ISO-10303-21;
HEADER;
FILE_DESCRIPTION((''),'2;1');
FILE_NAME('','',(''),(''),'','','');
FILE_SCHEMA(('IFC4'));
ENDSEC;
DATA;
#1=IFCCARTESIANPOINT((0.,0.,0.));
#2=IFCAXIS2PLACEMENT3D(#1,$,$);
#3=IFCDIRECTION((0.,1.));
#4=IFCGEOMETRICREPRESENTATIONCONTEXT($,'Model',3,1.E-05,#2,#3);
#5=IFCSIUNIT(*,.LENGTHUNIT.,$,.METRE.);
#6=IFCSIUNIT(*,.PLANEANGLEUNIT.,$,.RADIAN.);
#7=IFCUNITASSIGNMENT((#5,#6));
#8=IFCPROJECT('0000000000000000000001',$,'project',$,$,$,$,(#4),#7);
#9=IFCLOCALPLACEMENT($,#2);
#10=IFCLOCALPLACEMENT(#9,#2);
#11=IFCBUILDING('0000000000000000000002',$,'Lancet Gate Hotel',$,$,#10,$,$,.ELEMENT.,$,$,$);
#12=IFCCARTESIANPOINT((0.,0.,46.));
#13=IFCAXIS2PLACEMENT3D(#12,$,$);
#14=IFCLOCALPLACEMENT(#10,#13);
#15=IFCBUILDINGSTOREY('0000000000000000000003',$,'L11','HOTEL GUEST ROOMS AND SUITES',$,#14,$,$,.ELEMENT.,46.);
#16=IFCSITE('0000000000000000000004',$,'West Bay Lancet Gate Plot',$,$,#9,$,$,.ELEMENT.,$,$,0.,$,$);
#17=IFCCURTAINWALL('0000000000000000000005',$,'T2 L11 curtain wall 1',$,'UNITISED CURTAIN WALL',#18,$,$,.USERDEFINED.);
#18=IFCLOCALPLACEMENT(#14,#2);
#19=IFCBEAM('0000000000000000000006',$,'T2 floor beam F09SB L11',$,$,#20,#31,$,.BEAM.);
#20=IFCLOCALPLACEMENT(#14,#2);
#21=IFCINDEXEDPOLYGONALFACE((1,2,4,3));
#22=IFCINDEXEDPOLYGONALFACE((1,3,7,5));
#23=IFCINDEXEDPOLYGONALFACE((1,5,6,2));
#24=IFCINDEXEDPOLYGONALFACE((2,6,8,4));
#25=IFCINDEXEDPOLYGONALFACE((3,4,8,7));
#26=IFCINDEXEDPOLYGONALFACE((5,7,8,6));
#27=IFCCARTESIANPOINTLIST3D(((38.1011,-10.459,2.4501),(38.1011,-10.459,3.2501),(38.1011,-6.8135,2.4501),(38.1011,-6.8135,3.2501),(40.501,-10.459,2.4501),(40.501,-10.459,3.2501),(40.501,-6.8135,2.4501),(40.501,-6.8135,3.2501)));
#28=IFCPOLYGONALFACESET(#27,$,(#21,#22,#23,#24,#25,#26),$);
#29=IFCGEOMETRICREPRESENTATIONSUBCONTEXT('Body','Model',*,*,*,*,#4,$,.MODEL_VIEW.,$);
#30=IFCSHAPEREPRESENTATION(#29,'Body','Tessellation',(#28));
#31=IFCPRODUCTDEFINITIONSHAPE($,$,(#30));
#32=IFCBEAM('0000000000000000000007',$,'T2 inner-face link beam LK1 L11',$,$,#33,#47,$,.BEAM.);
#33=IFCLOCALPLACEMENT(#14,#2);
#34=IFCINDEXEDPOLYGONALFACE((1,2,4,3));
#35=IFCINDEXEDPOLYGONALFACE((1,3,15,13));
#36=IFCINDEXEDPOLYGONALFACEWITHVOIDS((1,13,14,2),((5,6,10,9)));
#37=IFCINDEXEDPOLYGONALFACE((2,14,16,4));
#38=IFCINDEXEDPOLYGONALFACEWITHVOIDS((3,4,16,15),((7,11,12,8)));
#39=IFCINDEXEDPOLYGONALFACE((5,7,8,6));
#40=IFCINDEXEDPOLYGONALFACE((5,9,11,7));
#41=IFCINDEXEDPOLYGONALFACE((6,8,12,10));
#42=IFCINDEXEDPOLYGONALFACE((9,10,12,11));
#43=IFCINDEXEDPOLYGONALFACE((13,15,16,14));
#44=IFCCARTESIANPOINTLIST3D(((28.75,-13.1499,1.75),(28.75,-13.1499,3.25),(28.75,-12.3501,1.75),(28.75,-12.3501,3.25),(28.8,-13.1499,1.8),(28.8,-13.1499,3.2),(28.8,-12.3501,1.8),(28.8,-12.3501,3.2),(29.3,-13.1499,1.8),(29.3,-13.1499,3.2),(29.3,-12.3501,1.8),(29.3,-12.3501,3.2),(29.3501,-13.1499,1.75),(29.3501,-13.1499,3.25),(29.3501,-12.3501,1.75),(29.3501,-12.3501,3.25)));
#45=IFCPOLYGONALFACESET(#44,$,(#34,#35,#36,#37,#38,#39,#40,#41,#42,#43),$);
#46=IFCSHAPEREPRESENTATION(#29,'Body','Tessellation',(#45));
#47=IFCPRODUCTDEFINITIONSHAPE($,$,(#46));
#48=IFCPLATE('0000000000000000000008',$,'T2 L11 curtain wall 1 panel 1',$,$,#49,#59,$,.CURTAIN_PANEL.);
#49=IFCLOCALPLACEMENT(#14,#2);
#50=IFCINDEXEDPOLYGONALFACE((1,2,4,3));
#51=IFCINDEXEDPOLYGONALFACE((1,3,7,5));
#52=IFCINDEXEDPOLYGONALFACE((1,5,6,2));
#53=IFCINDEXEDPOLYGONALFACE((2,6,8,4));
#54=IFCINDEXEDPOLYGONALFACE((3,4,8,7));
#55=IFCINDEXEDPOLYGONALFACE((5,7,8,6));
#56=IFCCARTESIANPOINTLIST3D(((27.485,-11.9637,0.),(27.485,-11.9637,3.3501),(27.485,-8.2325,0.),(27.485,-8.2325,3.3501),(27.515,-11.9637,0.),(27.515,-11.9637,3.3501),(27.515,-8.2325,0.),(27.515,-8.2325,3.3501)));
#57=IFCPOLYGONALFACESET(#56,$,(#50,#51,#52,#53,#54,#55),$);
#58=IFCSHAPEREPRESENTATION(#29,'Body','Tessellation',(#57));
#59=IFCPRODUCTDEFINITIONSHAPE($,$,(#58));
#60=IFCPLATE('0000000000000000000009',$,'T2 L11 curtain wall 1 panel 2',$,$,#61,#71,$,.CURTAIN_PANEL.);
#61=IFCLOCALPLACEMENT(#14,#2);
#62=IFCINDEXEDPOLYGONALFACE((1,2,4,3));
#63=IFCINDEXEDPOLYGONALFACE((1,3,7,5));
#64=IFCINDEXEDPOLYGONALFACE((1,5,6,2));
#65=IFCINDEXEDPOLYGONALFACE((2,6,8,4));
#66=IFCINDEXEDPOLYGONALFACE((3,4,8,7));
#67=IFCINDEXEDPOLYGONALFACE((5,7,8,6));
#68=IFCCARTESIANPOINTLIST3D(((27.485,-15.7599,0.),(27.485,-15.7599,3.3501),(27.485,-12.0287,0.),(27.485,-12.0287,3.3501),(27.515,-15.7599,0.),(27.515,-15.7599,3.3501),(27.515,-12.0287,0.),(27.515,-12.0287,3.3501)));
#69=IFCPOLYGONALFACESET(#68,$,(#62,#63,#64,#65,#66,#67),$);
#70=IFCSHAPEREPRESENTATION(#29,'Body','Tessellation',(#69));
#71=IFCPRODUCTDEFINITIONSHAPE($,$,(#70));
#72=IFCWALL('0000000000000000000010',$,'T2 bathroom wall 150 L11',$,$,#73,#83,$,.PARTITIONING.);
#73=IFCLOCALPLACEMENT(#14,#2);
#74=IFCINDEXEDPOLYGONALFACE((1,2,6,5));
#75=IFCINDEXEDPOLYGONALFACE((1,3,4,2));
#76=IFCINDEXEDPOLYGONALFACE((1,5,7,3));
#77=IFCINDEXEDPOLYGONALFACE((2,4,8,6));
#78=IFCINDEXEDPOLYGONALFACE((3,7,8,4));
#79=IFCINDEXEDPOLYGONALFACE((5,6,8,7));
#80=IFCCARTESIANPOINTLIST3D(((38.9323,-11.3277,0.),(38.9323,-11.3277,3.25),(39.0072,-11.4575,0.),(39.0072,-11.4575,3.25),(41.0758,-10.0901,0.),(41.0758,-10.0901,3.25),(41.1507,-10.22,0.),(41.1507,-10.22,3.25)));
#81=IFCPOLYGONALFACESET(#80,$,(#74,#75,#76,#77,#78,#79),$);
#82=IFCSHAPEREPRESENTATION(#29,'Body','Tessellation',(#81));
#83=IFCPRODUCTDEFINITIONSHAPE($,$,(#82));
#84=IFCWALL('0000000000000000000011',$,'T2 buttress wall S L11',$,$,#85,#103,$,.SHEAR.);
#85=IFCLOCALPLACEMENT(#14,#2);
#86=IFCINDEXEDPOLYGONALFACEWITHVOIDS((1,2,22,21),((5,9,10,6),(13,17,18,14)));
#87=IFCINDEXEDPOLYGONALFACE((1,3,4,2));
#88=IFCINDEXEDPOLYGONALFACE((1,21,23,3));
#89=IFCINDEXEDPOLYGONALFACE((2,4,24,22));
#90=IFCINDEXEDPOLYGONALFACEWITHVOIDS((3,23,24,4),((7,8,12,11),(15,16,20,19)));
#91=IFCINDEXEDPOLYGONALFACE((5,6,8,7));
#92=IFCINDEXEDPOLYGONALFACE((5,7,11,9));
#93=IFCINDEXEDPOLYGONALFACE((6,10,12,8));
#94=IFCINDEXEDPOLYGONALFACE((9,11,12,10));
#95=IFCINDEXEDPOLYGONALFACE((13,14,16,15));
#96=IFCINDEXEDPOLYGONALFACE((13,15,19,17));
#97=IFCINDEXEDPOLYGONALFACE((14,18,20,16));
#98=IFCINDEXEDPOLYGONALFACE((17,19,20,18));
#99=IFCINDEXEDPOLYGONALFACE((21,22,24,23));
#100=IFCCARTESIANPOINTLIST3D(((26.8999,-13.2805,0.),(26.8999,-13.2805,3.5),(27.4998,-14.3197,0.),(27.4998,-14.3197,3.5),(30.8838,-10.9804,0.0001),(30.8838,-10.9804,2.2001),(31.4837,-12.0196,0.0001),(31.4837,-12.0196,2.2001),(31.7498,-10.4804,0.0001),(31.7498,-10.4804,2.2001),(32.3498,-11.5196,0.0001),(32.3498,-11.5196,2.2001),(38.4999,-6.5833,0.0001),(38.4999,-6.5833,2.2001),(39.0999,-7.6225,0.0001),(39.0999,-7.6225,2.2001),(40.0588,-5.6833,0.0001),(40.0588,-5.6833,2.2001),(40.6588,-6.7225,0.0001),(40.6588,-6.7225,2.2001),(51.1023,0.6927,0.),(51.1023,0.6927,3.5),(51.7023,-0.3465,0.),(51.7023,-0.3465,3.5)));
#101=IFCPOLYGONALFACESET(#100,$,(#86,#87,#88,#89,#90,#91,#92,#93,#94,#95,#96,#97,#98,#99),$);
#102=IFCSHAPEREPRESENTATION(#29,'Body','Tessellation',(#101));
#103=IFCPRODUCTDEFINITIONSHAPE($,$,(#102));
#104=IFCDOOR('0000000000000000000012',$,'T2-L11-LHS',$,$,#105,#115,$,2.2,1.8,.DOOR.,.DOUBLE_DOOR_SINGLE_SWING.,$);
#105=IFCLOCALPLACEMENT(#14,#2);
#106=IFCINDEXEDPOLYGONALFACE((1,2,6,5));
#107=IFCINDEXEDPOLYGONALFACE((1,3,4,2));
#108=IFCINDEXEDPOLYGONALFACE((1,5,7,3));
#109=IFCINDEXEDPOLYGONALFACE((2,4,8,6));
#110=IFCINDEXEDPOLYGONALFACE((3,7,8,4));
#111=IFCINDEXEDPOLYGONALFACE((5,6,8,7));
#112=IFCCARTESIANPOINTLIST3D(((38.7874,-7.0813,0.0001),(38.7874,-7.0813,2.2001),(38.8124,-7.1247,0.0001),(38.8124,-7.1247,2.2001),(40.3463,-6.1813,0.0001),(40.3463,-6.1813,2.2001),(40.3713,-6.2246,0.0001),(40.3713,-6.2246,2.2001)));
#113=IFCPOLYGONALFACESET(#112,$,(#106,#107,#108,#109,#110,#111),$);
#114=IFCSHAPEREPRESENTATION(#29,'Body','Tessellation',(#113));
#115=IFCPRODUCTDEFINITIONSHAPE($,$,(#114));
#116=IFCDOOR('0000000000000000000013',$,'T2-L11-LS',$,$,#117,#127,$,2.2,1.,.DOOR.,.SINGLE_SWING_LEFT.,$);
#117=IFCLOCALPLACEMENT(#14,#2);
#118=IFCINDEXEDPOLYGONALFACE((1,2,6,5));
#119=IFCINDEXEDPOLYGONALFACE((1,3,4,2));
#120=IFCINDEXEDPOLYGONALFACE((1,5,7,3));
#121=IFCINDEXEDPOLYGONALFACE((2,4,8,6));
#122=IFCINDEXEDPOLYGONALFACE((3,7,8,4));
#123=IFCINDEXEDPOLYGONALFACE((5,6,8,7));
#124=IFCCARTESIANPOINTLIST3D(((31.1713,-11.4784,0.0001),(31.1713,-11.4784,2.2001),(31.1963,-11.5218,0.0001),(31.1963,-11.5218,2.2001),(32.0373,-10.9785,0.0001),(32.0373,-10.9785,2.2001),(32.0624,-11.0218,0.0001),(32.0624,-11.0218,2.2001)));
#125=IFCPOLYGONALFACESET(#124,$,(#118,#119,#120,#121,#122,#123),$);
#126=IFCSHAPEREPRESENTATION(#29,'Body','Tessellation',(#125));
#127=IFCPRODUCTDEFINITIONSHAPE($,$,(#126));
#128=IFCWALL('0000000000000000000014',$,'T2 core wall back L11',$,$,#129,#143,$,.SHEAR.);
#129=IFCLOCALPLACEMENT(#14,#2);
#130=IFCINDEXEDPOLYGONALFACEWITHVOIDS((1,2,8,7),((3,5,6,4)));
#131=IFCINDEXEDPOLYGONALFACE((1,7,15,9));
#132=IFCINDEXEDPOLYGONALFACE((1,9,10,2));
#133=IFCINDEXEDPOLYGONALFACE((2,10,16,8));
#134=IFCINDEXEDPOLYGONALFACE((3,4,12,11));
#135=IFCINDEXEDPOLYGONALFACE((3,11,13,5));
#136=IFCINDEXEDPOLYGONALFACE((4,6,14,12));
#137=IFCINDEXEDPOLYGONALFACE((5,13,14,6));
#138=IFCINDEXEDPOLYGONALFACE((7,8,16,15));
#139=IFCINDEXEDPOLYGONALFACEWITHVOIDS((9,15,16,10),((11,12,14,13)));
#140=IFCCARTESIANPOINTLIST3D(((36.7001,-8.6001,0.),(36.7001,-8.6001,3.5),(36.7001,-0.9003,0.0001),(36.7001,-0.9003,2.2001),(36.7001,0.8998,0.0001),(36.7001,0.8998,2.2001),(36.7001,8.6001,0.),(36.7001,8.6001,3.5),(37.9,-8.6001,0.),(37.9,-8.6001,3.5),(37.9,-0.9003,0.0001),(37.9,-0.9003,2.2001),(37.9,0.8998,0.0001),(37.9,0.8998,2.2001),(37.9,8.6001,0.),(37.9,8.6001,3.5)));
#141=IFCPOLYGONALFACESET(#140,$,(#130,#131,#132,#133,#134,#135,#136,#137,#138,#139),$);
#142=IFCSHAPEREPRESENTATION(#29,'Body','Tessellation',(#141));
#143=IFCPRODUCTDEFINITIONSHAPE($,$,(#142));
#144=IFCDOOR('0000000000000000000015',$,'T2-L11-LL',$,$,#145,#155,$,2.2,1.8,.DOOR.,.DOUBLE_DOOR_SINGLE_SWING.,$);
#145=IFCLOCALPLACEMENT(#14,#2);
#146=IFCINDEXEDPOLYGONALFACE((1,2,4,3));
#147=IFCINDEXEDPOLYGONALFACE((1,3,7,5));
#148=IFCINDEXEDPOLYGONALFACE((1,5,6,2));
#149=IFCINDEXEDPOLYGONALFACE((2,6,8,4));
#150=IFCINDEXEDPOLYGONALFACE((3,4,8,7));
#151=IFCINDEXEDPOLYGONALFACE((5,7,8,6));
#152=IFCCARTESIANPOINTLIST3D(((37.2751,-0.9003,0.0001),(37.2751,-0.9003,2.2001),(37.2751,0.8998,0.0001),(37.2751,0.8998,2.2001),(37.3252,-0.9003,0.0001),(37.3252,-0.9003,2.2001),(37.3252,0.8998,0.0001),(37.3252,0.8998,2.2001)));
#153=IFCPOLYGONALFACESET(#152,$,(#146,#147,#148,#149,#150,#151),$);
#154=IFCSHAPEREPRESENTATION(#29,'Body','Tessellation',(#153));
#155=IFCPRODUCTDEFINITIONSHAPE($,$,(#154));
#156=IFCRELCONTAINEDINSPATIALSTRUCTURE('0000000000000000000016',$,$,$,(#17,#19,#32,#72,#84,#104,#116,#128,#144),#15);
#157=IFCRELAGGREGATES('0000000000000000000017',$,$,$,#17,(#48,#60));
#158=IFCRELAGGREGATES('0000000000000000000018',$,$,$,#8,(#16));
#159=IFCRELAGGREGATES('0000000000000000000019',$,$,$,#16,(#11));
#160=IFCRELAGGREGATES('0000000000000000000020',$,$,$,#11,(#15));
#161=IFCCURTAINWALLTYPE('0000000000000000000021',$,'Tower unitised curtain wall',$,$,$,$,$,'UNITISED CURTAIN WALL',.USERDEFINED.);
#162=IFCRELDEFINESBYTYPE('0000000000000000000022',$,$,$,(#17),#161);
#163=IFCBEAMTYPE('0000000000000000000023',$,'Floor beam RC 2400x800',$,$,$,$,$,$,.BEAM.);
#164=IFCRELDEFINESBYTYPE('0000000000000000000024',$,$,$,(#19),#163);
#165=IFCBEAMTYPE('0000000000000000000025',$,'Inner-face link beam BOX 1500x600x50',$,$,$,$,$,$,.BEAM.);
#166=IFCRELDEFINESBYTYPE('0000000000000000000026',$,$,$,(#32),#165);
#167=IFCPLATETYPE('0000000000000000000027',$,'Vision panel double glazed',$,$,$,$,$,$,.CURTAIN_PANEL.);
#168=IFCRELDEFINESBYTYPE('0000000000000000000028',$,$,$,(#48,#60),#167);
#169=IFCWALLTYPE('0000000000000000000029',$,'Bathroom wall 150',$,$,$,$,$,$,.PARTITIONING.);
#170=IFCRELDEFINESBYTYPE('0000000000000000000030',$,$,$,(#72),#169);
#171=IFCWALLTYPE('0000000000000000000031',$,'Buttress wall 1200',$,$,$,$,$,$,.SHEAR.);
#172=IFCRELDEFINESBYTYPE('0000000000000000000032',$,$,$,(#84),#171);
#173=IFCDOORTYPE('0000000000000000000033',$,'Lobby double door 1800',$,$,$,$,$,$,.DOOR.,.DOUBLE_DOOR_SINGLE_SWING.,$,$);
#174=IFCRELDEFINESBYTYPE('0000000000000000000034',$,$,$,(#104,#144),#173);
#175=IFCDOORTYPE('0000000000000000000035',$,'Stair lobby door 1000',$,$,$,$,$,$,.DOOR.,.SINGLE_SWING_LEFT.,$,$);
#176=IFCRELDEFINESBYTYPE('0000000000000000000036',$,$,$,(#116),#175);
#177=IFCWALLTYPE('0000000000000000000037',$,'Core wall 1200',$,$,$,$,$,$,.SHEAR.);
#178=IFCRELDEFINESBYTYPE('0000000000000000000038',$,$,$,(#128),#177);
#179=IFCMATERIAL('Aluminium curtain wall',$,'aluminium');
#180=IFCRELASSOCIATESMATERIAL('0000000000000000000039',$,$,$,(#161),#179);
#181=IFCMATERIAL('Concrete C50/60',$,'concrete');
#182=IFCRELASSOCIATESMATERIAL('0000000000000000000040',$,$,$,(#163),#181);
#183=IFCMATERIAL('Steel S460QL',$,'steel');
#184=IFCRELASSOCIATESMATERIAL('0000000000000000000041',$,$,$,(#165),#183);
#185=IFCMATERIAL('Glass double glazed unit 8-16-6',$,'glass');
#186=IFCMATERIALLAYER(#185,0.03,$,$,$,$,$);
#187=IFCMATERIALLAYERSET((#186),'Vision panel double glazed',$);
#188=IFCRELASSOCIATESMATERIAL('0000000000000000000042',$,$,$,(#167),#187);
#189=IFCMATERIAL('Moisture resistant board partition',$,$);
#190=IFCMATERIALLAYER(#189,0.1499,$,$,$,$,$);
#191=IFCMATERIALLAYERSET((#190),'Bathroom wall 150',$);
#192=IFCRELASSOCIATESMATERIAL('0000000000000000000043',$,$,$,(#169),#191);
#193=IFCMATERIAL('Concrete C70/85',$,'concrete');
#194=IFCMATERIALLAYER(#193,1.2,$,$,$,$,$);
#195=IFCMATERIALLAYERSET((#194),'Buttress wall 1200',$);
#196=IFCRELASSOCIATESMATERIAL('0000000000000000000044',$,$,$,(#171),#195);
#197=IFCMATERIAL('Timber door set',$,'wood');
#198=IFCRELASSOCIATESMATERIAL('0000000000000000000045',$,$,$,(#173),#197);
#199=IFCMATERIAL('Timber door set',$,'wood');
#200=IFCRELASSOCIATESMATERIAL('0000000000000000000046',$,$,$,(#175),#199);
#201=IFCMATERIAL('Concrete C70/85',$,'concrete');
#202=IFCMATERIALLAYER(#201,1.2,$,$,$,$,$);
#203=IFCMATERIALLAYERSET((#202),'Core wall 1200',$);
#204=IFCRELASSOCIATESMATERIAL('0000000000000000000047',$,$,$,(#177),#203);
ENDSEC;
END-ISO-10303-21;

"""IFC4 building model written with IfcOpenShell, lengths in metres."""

from ifc_helpers import new_model, si_unit, direction, frame, frame_2d, origin, origin_2d, place, context, subcontext, project, spatial, rectangle, hollow_rectangle, extrude, material, layer, layer_set, material_profile, profile_set, type_object, element, fill, aggregate, save


model = new_model("IFC4")

# Units and contexts
model_context = context("Model", 3, precision=1e-05, world=origin(), true_north=direction((0.0, 1.0)))
body_context = subcontext(model_context, "Body", "Model", "MODEL_VIEW")
ifc_project = project(units=[si_unit("LENGTHUNIT", "METRE"), si_unit("PLANEANGLEUNIT", "RADIAN")], contexts=[model_context])

# Site, building, storey
site_placement = place(None, origin())
site = spatial("IfcSite", under=ifc_project, at=site_placement, Name="West Bay Lancet Gate Plot", CompositionType="ELEMENT", RefElevation=0.0)
building_placement = place(site_placement, origin())
building = spatial("IfcBuilding", under=site, at=building_placement, Name="Lancet Gate Hotel", CompositionType="ELEMENT")
storey_placement = place(building_placement, frame((0.0, 0.0, 46.0)))
storey = spatial("IfcBuildingStorey", under=building, at=storey_placement, Name="L11", Description="HOTEL GUEST ROOMS AND SUITES", CompositionType="ELEMENT", Elevation=46.0)

# Curtain wall
ifc_material_1 = material(Name="Aluminium curtain wall", Category="aluminium")
curtain_wall_type = type_object("IfcCurtainWallType", Name="Tower unitised curtain wall", ElementType="UNITISED CURTAIN WALL", PredefinedType="USERDEFINED", material=ifc_material_1)
curtain_wall_placement = place(storey_placement, origin())
curtain_wall = element("IfcCurtainWall", 1, at=curtain_wall_placement, inside=storey, type_object=curtain_wall_type, Name="T2 L11 curtain wall 1", ObjectType="UNITISED CURTAIN WALL", PredefinedType="USERDEFINED")

# Beams
ifc_material_2 = material(Name="Concrete C50/60", Category="concrete")
ifc_material_profile_1 = material_profile(ifc_material_2, rectangle(XDim=2.3999, YDim=0.8, at=origin_2d()), Name="RC 2400x800")
ifc_profile_set_1 = profile_set([ifc_material_profile_1], Name="Concrete C50/60")
beam_type_1 = type_object("IfcBeamType", Name="Floor beam RC 2400x800", PredefinedType="BEAM", material=ifc_profile_set_1)
beam_1_placement = place(storey_placement, frame((39.301, -10.459, 2.8501), z_axis=(0.0, 1.0, 0.0), x_axis=(-1.0, 0.0, 0.0)))
element("IfcBeam", 2, at=beam_1_placement, inside=storey, type_object=beam_type_1, Name="T2 floor beam F09SB L11", PredefinedType="BEAM", context=body_context, shape_type="SweptSolid", body=[
    extrude(rectangle(XDim=2.3999, YDim=0.8, at=origin_2d()), origin(), (0.0, 0.0, 1.0), 3.6455),
])
ifc_material_3 = material(Name="Steel S460QL", Category="steel")
ifc_material_profile_2 = material_profile(ifc_material_3, hollow_rectangle(XDim=0.6001, YDim=1.5, WallThickness=0.05, at=origin_2d()), Name="BOX 1500x600x50")
ifc_profile_set_2 = profile_set([ifc_material_profile_2], Name="Steel S460QL")
beam_type_2 = type_object("IfcBeamType", Name="Inner-face link beam BOX 1500x600x50", PredefinedType="BEAM", material=ifc_profile_set_2)
beam_2_placement = place(storey_placement, frame((29.05, -13.1499, 2.5), z_axis=(0.0, 1.0, 0.0), x_axis=(-1.0, 0.0, 0.0)))
element("IfcBeam", 3, at=beam_2_placement, inside=storey, type_object=beam_type_2, Name="T2 inner-face link beam LK1 L11", PredefinedType="BEAM", context=body_context, shape_type="SweptSolid", body=[
    extrude(hollow_rectangle(XDim=0.6001, YDim=1.5, WallThickness=0.05, at=origin_2d()), origin(), (0.0, 0.0, 1.0), 0.7998),
])

# Plates
ifc_material_4 = material(Name="Glass double glazed unit 8-16-6", Category="glass")
ifc_layer_1 = layer(ifc_material_4, 0.03)
ifc_layer_set_1 = layer_set([ifc_layer_1], Name="Vision panel double glazed")
plate_type = type_object("IfcPlateType", Name="Vision panel double glazed", PredefinedType="CURTAIN_PANEL", material=ifc_layer_set_1)
plate_1_placement = place(storey_placement, frame((27.5, -10.0981, 0.0), z_axis=(0.0, 0.0, 1.0), x_axis=(0.0, -1.0, 0.0)))
plate_1 = element("IfcPlate", 4, at=plate_1_placement, type_object=plate_type, Name="T2 L11 curtain wall 1 panel 1", PredefinedType="CURTAIN_PANEL", context=body_context, shape_type="SweptSolid", body=[
    extrude(rectangle(XDim=3.7312, YDim=0.03, at=origin_2d()), origin(), (0.0, 0.0, 1.0), 3.3501),
])
plate_2_placement = place(storey_placement, frame((27.5, -13.8943, 0.0), z_axis=(0.0, 0.0, 1.0), x_axis=(0.0, -1.0, 0.0)))
plate_2 = element("IfcPlate", 5, at=plate_2_placement, type_object=plate_type, Name="T2 L11 curtain wall 1 panel 2", PredefinedType="CURTAIN_PANEL", context=body_context, shape_type="SweptSolid", body=[
    extrude(rectangle(XDim=3.7312, YDim=0.03, at=origin_2d()), origin(), (0.0, 0.0, 1.0), 3.3501),
])
aggregate(curtain_wall, [plate_1, plate_2])

# Wall
ifc_material_5 = material(Name="Moisture resistant board partition")
ifc_layer_2 = layer(ifc_material_5, 0.1499)
ifc_layer_set_2 = layer_set([ifc_layer_2], Name="Bathroom wall 150")
wall_type_1 = type_object("IfcWallType", Name="Bathroom wall 150", PredefinedType="PARTITIONING", material=ifc_layer_set_2)
wall_1_placement = place(storey_placement, frame((38.9697, -11.3926, 0.0), z_axis=(0.0, 0.0, 1.0), x_axis=(0.866031, 0.49999, 0.0)))
element("IfcWall", 6, at=wall_1_placement, inside=storey, type_object=wall_type_1, Name="T2 bathroom wall 150 L11", PredefinedType="PARTITIONING", context=body_context, shape_type="SweptSolid", body=[
    extrude(rectangle(XDim=2.4751, YDim=0.1499, at=frame_2d((1.2375, 0.0))), origin(), (0.0, 0.0, 1.0), 3.25),
])

# Wall, openings, doors
ifc_material_6 = material(Name="Concrete C70/85", Category="concrete")
ifc_layer_3 = layer(ifc_material_6, 1.2)
ifc_layer_set_3 = layer_set([ifc_layer_3], Name="Buttress wall 1200")
wall_type_2 = type_object("IfcWallType", Name="Buttress wall 1200", PredefinedType="SHEAR", material=ifc_layer_set_3)
wall_2_placement = place(storey_placement, frame((27.2, -13.8, 0.0), z_axis=(0.0, 0.0, 1.0), x_axis=(0.866027, 0.499997, 0.0)))
wall_2 = element("IfcWall", 7, at=wall_2_placement, inside=storey, type_object=wall_type_2, Name="T2 buttress wall S L11", PredefinedType="SHEAR", context=body_context, shape_type="SweptSolid", body=[
    extrude(rectangle(XDim=27.9465, YDim=1.2, at=frame_2d((13.9731, 0.0))), origin(), (0.0, 0.0, 1.0), 3.5),
])
opening_1_placement = place(wall_2_placement, frame((4.6001, 0.0, 0.0)))
opening_1 = element("IfcOpeningElement", 8, at=opening_1_placement, cuts=wall_2, PredefinedType="OPENING", context=body_context, shape_type="SweptSolid", body=[
    extrude(rectangle(XDim=1.0, YDim=2.2, at=frame_2d((0.5, 1.1001))), frame((0.0, 0.6099, 0.0), z_axis=(0.0, -1.0, 0.0), x_axis=(1.0, 0.0, 0.0)), (0.0, 0.0, 1.0), 1.22),
])
opening_2_placement = place(wall_2_placement, frame((13.3945, 0.0, 0.0)))
opening_2 = element("IfcOpeningElement", 9, at=opening_2_placement, cuts=wall_2, PredefinedType="OPENING", context=body_context, shape_type="SweptSolid", body=[
    extrude(rectangle(XDim=1.8, YDim=2.2, at=frame_2d((0.8999, 1.1001))), frame((0.0, 0.6099, 0.0), z_axis=(0.0, -1.0, 0.0), x_axis=(1.0, 0.0, 0.0)), (0.0, 0.0, 1.0), 1.22),
])
ifc_material_7 = material(Name="Timber door set", Category="wood")
door_type_1 = type_object("IfcDoorType", Name="Lobby double door 1800", OperationType="DOUBLE_DOOR_SINGLE_SWING", PredefinedType="DOOR", material=ifc_material_7)
door_1_placement = place(opening_2_placement, origin())
door_1 = element("IfcDoor", 10, at=door_1_placement, inside=storey, type_object=door_type_1, Name="T2-L11-LHS", OperationType="DOUBLE_DOOR_SINGLE_SWING", OverallHeight=2.2, OverallWidth=1.8, PredefinedType="DOOR", context=body_context, shape_type="SweptSolid", body=[
    extrude(rectangle(XDim=1.8, YDim=2.2, at=frame_2d((0.8999, 1.1001))), frame((0.0, 0.0249, 0.0), z_axis=(0.0, -1.0, 0.0), x_axis=(1.0, 0.0, 0.0)), (0.0, 0.0, 1.0), 0.05),
])
fill(opening_2, door_1)
ifc_material_8 = material(Name="Timber door set", Category="wood")
door_type_2 = type_object("IfcDoorType", Name="Stair lobby door 1000", OperationType="SINGLE_SWING_LEFT", PredefinedType="DOOR", material=ifc_material_8)
door_2_placement = place(opening_1_placement, origin())
door_2 = element("IfcDoor", 11, at=door_2_placement, inside=storey, type_object=door_type_2, Name="T2-L11-LS", OperationType="SINGLE_SWING_LEFT", OverallHeight=2.2, OverallWidth=1.0, PredefinedType="DOOR", context=body_context, shape_type="SweptSolid", body=[
    extrude(rectangle(XDim=1.0, YDim=2.2, at=frame_2d((0.5, 1.1001))), frame((0.0, 0.0249, 0.0), z_axis=(0.0, -1.0, 0.0), x_axis=(1.0, 0.0, 0.0)), (0.0, 0.0, 1.0), 0.05),
])
fill(opening_1, door_2)

# Wall, opening, door
ifc_material_9 = material(Name="Concrete C70/85", Category="concrete")
ifc_layer_4 = layer(ifc_material_9, 1.2)
ifc_layer_set_4 = layer_set([ifc_layer_4], Name="Core wall 1200")
wall_type_3 = type_object("IfcWallType", Name="Core wall 1200", PredefinedType="SHEAR", material=ifc_layer_set_4)
wall_3_placement = place(storey_placement, frame((37.3, -8.6001, 0.0), z_axis=(0.0, 0.0, 1.0), x_axis=(0.0, 1.0, 0.0)))
wall_3 = element("IfcWall", 12, at=wall_3_placement, inside=storey, type_object=wall_type_3, Name="T2 core wall back L11", PredefinedType="SHEAR", context=body_context, shape_type="SweptSolid", body=[
    extrude(rectangle(XDim=17.2002, YDim=1.2, at=frame_2d((8.6001, 0.0))), origin(), (0.0, 0.0, 1.0), 3.5),
])
opening_3_placement = place(wall_3_placement, frame((7.7, 0.0, 0.0)))
opening_3 = element("IfcOpeningElement", 13, at=opening_3_placement, cuts=wall_3, PredefinedType="OPENING", context=body_context, shape_type="SweptSolid", body=[
    extrude(rectangle(XDim=1.8, YDim=2.2, at=frame_2d((0.8999, 1.1001))), frame((0.0, 0.6099, 0.0), z_axis=(0.0, -1.0, 0.0), x_axis=(1.0, 0.0, 0.0)), (0.0, 0.0, 1.0), 1.22),
])
door_3_placement = place(opening_3_placement, origin())
door_3 = element("IfcDoor", 14, at=door_3_placement, inside=storey, type_object=door_type_1, Name="T2-L11-LL", OperationType="DOUBLE_DOOR_SINGLE_SWING", OverallHeight=2.2, OverallWidth=1.8, PredefinedType="DOOR", context=body_context, shape_type="SweptSolid", body=[
    extrude(rectangle(XDim=1.8, YDim=2.2, at=frame_2d((0.8999, 1.1001))), frame((0.0, 0.0249, 0.0), z_axis=(0.0, -1.0, 0.0), x_axis=(1.0, 0.0, 0.0)), (0.0, 0.0, 1.0), 0.05),
])
fill(opening_3, door_3)

save(model, "model.ifc")
